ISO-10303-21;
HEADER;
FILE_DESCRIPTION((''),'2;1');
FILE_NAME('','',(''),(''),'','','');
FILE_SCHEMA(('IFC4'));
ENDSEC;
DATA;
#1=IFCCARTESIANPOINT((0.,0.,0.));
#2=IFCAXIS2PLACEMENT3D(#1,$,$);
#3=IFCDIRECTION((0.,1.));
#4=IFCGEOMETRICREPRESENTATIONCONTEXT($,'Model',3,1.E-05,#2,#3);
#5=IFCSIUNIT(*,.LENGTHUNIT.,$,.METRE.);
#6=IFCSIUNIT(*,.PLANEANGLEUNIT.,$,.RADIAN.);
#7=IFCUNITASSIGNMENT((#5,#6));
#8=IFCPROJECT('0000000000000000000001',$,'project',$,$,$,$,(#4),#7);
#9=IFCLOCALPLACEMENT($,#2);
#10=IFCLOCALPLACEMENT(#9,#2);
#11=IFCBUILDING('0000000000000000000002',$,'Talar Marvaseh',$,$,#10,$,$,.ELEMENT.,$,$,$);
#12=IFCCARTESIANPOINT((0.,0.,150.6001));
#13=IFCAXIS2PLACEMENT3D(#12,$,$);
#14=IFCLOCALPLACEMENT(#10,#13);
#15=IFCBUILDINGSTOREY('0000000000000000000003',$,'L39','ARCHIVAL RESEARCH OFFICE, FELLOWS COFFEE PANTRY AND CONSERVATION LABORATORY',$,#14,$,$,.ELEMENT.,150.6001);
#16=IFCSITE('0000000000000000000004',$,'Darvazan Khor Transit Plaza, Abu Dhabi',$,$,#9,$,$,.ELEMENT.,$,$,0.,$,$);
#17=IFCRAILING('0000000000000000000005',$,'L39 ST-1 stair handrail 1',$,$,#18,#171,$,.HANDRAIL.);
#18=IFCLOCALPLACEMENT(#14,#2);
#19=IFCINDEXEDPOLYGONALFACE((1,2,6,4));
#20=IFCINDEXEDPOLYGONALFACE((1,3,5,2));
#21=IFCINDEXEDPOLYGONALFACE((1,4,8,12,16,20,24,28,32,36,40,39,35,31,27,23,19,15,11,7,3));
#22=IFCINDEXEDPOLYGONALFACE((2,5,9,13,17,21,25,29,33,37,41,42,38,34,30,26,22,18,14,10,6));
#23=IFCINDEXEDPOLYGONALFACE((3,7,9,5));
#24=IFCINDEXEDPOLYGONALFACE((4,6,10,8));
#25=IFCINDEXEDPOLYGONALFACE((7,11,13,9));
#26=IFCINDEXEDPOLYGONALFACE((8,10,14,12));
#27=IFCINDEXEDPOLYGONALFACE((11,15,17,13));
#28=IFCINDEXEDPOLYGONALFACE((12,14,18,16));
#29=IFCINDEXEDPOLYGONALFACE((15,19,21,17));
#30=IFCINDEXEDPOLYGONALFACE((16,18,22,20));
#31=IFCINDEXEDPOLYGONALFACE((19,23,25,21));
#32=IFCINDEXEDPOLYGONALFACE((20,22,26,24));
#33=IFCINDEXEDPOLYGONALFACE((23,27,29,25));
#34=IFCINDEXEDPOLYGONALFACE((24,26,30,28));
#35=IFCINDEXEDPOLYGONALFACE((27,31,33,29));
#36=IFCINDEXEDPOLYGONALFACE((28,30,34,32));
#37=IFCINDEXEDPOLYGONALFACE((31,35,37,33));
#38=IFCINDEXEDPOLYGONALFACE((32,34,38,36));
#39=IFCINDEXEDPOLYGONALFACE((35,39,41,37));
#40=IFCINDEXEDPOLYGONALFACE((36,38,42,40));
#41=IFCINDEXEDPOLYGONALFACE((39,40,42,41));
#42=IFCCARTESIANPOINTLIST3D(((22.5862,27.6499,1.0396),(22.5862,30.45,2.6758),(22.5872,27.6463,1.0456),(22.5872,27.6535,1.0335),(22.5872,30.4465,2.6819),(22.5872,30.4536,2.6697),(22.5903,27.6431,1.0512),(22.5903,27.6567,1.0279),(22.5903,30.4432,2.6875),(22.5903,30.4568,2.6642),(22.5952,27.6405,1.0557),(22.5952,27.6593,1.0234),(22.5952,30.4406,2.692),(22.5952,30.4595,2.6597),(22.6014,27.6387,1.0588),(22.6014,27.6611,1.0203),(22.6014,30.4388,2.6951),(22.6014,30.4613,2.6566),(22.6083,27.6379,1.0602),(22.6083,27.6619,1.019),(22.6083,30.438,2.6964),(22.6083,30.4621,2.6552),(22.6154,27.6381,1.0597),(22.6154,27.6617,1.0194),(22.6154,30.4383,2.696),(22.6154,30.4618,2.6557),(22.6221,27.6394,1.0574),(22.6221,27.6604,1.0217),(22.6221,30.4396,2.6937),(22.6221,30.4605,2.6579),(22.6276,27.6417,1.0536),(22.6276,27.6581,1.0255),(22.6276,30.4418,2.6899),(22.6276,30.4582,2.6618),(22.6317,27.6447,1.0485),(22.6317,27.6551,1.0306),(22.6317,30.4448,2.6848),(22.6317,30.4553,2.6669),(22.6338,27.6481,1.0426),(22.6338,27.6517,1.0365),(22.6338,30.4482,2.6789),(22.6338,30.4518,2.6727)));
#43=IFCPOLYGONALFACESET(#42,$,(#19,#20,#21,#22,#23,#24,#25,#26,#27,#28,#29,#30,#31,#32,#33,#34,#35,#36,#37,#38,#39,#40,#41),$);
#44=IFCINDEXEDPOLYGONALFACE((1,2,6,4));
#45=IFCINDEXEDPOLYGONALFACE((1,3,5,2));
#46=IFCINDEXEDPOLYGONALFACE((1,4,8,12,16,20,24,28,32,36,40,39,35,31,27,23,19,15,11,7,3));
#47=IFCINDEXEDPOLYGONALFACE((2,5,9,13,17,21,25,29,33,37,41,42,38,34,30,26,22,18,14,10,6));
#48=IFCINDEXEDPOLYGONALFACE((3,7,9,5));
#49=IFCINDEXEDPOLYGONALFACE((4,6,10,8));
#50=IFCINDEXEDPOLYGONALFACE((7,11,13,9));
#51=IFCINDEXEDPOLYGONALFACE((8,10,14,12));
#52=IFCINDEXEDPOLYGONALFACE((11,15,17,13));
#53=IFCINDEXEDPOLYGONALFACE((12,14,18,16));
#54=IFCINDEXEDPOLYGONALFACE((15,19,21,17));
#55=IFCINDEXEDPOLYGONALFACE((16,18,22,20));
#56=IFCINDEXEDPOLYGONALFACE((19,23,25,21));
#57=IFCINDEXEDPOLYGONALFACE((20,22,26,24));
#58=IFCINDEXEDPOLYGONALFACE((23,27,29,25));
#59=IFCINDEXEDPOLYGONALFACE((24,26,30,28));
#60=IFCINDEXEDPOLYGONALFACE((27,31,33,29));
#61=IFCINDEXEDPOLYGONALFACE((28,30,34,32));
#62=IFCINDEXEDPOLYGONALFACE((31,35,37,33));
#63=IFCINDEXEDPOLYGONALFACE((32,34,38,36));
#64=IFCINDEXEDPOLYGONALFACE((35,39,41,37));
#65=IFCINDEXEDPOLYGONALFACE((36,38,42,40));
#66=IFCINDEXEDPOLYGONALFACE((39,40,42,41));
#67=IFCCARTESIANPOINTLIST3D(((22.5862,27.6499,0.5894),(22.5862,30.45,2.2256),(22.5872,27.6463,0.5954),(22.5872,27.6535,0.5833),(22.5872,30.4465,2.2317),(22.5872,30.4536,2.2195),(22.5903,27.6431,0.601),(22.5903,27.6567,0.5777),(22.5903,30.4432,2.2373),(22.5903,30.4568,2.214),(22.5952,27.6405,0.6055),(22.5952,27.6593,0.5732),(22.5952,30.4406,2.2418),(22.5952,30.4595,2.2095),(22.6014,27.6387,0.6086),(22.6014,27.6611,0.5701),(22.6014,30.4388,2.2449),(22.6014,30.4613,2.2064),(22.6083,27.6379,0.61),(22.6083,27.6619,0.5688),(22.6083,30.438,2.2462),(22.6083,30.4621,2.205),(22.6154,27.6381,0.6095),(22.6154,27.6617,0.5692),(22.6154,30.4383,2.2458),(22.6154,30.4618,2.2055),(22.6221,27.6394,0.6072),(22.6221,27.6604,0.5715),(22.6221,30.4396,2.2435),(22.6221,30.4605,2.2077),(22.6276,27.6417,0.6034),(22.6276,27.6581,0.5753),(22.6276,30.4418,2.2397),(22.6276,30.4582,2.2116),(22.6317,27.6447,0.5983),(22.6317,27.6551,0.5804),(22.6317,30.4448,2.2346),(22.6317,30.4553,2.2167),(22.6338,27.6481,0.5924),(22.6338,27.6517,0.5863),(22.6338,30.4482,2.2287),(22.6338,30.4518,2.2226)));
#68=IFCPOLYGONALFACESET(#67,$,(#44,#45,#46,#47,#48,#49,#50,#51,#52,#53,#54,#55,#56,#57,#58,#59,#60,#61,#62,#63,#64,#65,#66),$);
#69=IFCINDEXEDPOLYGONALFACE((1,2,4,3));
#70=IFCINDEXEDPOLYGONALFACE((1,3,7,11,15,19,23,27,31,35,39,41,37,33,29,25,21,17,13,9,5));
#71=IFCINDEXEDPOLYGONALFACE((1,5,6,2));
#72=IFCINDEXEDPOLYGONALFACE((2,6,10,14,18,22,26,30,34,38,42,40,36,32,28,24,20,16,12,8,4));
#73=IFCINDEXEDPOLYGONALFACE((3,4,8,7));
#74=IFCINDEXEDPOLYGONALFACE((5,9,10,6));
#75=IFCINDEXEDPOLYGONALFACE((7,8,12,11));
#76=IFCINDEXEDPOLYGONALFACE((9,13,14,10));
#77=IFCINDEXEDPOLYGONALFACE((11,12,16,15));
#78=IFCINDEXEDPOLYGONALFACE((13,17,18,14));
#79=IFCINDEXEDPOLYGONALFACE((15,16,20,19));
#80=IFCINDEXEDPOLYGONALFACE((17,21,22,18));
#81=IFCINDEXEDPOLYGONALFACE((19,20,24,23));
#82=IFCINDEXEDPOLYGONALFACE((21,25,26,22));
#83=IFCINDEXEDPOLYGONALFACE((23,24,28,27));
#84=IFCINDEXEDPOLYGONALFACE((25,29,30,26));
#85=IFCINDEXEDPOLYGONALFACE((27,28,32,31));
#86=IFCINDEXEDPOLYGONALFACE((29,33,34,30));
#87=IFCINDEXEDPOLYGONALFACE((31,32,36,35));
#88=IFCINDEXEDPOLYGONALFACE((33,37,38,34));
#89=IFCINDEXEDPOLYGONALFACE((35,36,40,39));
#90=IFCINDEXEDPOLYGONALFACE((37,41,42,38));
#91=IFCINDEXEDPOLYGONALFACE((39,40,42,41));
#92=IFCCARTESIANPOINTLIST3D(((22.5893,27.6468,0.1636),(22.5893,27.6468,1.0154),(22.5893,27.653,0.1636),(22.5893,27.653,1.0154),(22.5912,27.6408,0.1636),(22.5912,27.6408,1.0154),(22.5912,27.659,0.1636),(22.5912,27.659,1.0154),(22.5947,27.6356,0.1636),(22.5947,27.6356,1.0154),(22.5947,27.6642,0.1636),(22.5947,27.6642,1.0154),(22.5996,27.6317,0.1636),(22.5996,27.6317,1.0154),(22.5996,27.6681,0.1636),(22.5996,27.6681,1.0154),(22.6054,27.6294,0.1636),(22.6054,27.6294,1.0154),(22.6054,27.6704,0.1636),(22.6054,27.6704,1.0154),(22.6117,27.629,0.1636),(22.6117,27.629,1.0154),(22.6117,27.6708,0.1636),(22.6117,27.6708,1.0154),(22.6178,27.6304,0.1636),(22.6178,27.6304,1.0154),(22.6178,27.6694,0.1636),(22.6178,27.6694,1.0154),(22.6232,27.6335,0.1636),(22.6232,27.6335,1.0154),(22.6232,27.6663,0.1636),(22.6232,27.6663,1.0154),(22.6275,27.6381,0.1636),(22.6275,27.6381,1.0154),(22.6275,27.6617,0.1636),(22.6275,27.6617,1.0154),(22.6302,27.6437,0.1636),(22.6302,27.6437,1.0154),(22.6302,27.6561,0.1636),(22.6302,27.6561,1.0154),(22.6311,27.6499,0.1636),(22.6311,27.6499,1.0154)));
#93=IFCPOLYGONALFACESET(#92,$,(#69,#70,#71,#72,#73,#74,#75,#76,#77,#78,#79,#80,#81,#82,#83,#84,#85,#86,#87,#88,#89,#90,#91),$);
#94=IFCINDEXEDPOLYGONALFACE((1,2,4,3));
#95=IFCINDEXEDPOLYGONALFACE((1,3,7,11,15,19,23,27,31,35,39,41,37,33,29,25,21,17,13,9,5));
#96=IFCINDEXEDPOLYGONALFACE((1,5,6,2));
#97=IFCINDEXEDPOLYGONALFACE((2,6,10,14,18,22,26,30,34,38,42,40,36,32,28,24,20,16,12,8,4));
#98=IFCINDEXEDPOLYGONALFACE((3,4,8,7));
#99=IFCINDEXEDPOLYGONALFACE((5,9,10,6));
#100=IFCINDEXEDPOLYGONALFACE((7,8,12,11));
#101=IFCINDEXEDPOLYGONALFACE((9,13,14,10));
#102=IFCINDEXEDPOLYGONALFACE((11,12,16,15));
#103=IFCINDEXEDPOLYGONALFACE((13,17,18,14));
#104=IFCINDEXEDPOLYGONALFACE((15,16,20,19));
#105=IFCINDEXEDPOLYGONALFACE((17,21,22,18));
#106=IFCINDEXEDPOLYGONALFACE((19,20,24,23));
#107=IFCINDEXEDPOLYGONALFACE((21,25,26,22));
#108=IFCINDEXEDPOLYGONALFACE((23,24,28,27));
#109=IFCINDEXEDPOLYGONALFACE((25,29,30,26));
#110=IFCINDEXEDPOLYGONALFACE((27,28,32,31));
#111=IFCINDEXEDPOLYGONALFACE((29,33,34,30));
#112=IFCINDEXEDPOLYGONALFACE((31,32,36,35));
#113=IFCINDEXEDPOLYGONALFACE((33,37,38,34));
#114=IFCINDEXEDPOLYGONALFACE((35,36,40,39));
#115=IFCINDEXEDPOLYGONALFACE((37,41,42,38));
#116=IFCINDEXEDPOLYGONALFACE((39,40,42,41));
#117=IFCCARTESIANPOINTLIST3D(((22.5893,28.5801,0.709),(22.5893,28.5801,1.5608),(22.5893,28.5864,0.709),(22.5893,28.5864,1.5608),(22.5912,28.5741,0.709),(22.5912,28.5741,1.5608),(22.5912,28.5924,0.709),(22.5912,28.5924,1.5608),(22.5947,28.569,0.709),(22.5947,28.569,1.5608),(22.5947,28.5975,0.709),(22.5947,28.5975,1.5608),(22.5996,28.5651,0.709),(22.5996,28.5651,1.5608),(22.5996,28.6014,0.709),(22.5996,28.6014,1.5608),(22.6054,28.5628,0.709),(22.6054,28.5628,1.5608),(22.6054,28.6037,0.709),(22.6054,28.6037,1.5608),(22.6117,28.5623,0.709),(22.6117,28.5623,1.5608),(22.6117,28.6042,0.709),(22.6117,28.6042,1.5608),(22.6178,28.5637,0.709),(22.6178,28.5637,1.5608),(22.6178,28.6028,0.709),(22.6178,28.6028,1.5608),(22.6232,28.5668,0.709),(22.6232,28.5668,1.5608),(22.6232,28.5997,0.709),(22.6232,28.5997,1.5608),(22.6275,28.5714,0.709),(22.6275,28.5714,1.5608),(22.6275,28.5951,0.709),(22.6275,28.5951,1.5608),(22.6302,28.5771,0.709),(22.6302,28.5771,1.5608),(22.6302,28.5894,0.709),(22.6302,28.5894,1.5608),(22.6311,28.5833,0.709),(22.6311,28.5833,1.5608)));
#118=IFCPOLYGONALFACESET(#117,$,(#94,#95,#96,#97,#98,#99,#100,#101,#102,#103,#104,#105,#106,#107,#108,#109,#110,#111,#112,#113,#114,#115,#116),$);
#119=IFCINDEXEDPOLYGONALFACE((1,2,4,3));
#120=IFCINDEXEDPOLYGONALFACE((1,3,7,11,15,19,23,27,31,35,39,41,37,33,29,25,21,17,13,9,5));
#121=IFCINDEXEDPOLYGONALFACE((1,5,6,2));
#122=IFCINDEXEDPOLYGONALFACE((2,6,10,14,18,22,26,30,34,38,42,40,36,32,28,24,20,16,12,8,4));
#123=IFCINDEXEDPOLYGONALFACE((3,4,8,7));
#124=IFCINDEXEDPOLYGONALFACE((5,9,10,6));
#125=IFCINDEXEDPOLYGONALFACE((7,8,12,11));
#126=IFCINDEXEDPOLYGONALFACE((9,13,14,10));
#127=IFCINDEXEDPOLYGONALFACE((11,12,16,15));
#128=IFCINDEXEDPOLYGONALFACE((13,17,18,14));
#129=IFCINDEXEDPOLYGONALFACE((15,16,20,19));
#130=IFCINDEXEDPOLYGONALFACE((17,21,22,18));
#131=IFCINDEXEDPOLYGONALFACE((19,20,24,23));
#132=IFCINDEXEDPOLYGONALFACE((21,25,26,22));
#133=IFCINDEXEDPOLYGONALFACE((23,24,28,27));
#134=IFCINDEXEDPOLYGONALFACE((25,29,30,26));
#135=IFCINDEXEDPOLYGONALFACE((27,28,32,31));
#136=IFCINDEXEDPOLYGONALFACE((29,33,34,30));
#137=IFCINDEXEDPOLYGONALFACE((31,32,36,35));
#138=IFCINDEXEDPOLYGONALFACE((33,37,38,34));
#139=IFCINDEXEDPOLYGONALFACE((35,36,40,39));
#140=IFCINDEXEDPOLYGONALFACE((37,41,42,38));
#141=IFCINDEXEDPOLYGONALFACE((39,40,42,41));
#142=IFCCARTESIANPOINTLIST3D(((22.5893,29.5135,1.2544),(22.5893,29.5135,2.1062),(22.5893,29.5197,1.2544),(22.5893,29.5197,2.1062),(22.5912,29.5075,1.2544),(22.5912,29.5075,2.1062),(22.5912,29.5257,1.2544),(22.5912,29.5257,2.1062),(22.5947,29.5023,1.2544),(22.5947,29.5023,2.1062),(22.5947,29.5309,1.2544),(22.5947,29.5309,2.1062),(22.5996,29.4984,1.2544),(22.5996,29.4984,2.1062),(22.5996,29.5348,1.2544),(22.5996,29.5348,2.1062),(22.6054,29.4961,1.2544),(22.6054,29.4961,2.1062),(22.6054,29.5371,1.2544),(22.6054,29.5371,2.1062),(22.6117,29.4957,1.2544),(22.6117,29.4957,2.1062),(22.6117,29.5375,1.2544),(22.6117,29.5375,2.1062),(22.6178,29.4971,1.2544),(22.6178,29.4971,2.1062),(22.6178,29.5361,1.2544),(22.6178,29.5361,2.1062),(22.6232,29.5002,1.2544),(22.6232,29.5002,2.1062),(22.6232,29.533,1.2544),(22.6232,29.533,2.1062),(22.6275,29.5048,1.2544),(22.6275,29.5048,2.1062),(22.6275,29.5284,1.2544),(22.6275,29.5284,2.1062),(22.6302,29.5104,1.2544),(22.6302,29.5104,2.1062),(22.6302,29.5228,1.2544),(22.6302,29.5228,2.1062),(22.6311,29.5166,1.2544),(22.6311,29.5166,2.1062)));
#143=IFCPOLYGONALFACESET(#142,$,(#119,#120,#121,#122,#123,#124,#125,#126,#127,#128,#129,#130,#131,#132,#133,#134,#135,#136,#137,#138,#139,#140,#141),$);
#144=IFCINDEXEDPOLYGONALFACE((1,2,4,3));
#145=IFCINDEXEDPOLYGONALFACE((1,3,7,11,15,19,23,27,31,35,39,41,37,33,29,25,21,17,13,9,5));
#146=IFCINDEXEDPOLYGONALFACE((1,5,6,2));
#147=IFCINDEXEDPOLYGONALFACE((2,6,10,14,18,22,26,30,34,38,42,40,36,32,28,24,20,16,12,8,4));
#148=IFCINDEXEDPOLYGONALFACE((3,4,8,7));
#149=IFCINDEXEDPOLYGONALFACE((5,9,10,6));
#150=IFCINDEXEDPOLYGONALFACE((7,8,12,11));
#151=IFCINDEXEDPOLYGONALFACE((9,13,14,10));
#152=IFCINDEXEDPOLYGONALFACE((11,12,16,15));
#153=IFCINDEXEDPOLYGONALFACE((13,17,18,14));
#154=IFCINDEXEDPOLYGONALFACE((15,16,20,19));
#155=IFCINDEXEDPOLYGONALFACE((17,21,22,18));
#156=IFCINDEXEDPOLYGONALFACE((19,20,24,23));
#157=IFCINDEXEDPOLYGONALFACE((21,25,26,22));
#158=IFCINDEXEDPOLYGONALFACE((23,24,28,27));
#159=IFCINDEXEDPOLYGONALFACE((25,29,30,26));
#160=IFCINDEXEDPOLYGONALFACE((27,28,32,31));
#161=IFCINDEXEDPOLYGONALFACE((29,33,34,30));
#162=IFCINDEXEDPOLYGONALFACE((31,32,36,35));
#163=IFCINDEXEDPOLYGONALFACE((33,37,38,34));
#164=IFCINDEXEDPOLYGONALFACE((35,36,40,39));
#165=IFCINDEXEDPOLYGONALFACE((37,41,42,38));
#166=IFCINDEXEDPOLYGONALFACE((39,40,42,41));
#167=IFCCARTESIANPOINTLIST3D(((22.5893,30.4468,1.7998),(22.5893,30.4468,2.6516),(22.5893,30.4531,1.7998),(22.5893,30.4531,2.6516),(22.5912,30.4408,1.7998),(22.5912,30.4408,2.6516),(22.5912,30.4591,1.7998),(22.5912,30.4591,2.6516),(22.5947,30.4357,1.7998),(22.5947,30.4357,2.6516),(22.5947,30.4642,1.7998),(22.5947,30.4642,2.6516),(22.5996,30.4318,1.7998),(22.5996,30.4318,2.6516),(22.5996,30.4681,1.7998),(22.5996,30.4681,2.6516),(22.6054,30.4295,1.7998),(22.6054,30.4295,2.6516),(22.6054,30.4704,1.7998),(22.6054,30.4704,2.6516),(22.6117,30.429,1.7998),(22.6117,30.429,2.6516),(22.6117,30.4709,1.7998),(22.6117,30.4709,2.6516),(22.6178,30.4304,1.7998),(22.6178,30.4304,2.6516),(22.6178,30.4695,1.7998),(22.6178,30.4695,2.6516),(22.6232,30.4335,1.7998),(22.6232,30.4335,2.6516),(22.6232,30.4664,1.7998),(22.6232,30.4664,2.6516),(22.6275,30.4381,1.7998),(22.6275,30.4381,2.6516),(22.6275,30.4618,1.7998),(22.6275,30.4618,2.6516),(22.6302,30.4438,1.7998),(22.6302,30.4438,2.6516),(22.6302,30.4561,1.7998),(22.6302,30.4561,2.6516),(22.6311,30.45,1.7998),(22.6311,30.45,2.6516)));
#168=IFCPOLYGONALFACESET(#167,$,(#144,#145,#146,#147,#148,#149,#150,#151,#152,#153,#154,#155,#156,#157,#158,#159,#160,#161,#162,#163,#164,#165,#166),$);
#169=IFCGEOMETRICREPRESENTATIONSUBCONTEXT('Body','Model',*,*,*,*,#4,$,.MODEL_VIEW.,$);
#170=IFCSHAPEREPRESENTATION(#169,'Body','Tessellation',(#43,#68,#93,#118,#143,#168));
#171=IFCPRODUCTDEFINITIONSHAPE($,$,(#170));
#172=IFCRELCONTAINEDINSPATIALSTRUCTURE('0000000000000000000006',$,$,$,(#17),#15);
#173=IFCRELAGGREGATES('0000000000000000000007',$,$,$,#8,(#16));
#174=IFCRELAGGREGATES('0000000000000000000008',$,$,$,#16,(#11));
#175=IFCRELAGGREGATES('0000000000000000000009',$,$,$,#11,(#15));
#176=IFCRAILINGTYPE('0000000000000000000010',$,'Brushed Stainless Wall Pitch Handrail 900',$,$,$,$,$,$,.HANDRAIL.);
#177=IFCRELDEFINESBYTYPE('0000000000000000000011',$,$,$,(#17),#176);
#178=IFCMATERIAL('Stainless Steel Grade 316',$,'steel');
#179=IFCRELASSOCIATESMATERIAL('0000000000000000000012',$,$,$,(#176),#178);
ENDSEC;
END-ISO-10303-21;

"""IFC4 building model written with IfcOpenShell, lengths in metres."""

from ifc_helpers import new_model, si_unit, direction, frame, origin, origin_2d, place, context, subcontext, project, spatial, circle, extrude, material, type_object, element, save


model = new_model("IFC4")

# Units and contexts
model_context = context("Model", 3, precision=1e-05, world=origin(), true_north=direction((0.0, 1.0)))
body_context = subcontext(model_context, "Body", "Model", "MODEL_VIEW")
ifc_project = project(units=[si_unit("LENGTHUNIT", "METRE"), si_unit("PLANEANGLEUNIT", "RADIAN")], contexts=[model_context])

# Site, building, storey
site_placement = place(None, origin())
site = spatial("IfcSite", under=ifc_project, at=site_placement, Name="Darvazan Khor Transit Plaza, Abu Dhabi", CompositionType="ELEMENT", RefElevation=0.0)
building_placement = place(site_placement, origin())
building = spatial("IfcBuilding", under=site, at=building_placement, Name="Talar Marvaseh", CompositionType="ELEMENT")
storey_placement = place(building_placement, frame((0.0, 0.0, 150.6001)))
storey = spatial("IfcBuildingStorey", under=building, at=storey_placement, Name="L39", Description="ARCHIVAL RESEARCH OFFICE, FELLOWS COFFEE PANTRY AND CONSERVATION LABORATORY", CompositionType="ELEMENT", Elevation=150.6001)

# Railing
ifc_material_1 = material(Name="Stainless Steel Grade 316", Category="steel")
railing_type_1 = type_object("IfcRailingType", Name="Brushed Stainless Wall Pitch Handrail 900", PredefinedType="HANDRAIL", material=ifc_material_1)
railing_1_placement = place(storey_placement, frame((22.6101, 27.6499, 0.1636)))
element("IfcRailing", 1, at=railing_1_placement, inside=storey, type_object=railing_type_1, Name="L39 ST-1 stair handrail 1", PredefinedType="HANDRAIL", context=body_context, shape_type="SweptSolid", body=[
    extrude(circle(Radius=0.0239, at=origin_2d()), frame((0.0, 0.0, 0.876), z_axis=(0.0, 0.863394, 0.504531), x_axis=(-1.0, 0.0, 0.0)), (0.0, 0.0, 1.0), 3.2432),
    extrude(circle(Radius=0.0239, at=origin_2d()), frame((0.0, 0.0, 0.4258), z_axis=(0.0, 0.863394, 0.504531), x_axis=(-1.0, 0.0, 0.0)), (0.0, 0.0, 1.0), 3.2432),
    extrude(circle(Radius=0.021, at=origin_2d()), origin(), (0.0, 0.0, 1.0), 0.8518),
    extrude(circle(Radius=0.021, at=origin_2d()), frame((0.0, 0.9333, 0.5454)), (0.0, 0.0, 1.0), 0.8518),
    extrude(circle(Radius=0.021, at=origin_2d()), frame((0.0, 1.8667, 1.0908)), (0.0, 0.0, 1.0), 0.8518),
    extrude(circle(Radius=0.021, at=origin_2d()), frame((0.0, 2.8, 1.6362)), (0.0, 0.0, 1.0), 0.8518),
])

save(model, "model.ifc")
